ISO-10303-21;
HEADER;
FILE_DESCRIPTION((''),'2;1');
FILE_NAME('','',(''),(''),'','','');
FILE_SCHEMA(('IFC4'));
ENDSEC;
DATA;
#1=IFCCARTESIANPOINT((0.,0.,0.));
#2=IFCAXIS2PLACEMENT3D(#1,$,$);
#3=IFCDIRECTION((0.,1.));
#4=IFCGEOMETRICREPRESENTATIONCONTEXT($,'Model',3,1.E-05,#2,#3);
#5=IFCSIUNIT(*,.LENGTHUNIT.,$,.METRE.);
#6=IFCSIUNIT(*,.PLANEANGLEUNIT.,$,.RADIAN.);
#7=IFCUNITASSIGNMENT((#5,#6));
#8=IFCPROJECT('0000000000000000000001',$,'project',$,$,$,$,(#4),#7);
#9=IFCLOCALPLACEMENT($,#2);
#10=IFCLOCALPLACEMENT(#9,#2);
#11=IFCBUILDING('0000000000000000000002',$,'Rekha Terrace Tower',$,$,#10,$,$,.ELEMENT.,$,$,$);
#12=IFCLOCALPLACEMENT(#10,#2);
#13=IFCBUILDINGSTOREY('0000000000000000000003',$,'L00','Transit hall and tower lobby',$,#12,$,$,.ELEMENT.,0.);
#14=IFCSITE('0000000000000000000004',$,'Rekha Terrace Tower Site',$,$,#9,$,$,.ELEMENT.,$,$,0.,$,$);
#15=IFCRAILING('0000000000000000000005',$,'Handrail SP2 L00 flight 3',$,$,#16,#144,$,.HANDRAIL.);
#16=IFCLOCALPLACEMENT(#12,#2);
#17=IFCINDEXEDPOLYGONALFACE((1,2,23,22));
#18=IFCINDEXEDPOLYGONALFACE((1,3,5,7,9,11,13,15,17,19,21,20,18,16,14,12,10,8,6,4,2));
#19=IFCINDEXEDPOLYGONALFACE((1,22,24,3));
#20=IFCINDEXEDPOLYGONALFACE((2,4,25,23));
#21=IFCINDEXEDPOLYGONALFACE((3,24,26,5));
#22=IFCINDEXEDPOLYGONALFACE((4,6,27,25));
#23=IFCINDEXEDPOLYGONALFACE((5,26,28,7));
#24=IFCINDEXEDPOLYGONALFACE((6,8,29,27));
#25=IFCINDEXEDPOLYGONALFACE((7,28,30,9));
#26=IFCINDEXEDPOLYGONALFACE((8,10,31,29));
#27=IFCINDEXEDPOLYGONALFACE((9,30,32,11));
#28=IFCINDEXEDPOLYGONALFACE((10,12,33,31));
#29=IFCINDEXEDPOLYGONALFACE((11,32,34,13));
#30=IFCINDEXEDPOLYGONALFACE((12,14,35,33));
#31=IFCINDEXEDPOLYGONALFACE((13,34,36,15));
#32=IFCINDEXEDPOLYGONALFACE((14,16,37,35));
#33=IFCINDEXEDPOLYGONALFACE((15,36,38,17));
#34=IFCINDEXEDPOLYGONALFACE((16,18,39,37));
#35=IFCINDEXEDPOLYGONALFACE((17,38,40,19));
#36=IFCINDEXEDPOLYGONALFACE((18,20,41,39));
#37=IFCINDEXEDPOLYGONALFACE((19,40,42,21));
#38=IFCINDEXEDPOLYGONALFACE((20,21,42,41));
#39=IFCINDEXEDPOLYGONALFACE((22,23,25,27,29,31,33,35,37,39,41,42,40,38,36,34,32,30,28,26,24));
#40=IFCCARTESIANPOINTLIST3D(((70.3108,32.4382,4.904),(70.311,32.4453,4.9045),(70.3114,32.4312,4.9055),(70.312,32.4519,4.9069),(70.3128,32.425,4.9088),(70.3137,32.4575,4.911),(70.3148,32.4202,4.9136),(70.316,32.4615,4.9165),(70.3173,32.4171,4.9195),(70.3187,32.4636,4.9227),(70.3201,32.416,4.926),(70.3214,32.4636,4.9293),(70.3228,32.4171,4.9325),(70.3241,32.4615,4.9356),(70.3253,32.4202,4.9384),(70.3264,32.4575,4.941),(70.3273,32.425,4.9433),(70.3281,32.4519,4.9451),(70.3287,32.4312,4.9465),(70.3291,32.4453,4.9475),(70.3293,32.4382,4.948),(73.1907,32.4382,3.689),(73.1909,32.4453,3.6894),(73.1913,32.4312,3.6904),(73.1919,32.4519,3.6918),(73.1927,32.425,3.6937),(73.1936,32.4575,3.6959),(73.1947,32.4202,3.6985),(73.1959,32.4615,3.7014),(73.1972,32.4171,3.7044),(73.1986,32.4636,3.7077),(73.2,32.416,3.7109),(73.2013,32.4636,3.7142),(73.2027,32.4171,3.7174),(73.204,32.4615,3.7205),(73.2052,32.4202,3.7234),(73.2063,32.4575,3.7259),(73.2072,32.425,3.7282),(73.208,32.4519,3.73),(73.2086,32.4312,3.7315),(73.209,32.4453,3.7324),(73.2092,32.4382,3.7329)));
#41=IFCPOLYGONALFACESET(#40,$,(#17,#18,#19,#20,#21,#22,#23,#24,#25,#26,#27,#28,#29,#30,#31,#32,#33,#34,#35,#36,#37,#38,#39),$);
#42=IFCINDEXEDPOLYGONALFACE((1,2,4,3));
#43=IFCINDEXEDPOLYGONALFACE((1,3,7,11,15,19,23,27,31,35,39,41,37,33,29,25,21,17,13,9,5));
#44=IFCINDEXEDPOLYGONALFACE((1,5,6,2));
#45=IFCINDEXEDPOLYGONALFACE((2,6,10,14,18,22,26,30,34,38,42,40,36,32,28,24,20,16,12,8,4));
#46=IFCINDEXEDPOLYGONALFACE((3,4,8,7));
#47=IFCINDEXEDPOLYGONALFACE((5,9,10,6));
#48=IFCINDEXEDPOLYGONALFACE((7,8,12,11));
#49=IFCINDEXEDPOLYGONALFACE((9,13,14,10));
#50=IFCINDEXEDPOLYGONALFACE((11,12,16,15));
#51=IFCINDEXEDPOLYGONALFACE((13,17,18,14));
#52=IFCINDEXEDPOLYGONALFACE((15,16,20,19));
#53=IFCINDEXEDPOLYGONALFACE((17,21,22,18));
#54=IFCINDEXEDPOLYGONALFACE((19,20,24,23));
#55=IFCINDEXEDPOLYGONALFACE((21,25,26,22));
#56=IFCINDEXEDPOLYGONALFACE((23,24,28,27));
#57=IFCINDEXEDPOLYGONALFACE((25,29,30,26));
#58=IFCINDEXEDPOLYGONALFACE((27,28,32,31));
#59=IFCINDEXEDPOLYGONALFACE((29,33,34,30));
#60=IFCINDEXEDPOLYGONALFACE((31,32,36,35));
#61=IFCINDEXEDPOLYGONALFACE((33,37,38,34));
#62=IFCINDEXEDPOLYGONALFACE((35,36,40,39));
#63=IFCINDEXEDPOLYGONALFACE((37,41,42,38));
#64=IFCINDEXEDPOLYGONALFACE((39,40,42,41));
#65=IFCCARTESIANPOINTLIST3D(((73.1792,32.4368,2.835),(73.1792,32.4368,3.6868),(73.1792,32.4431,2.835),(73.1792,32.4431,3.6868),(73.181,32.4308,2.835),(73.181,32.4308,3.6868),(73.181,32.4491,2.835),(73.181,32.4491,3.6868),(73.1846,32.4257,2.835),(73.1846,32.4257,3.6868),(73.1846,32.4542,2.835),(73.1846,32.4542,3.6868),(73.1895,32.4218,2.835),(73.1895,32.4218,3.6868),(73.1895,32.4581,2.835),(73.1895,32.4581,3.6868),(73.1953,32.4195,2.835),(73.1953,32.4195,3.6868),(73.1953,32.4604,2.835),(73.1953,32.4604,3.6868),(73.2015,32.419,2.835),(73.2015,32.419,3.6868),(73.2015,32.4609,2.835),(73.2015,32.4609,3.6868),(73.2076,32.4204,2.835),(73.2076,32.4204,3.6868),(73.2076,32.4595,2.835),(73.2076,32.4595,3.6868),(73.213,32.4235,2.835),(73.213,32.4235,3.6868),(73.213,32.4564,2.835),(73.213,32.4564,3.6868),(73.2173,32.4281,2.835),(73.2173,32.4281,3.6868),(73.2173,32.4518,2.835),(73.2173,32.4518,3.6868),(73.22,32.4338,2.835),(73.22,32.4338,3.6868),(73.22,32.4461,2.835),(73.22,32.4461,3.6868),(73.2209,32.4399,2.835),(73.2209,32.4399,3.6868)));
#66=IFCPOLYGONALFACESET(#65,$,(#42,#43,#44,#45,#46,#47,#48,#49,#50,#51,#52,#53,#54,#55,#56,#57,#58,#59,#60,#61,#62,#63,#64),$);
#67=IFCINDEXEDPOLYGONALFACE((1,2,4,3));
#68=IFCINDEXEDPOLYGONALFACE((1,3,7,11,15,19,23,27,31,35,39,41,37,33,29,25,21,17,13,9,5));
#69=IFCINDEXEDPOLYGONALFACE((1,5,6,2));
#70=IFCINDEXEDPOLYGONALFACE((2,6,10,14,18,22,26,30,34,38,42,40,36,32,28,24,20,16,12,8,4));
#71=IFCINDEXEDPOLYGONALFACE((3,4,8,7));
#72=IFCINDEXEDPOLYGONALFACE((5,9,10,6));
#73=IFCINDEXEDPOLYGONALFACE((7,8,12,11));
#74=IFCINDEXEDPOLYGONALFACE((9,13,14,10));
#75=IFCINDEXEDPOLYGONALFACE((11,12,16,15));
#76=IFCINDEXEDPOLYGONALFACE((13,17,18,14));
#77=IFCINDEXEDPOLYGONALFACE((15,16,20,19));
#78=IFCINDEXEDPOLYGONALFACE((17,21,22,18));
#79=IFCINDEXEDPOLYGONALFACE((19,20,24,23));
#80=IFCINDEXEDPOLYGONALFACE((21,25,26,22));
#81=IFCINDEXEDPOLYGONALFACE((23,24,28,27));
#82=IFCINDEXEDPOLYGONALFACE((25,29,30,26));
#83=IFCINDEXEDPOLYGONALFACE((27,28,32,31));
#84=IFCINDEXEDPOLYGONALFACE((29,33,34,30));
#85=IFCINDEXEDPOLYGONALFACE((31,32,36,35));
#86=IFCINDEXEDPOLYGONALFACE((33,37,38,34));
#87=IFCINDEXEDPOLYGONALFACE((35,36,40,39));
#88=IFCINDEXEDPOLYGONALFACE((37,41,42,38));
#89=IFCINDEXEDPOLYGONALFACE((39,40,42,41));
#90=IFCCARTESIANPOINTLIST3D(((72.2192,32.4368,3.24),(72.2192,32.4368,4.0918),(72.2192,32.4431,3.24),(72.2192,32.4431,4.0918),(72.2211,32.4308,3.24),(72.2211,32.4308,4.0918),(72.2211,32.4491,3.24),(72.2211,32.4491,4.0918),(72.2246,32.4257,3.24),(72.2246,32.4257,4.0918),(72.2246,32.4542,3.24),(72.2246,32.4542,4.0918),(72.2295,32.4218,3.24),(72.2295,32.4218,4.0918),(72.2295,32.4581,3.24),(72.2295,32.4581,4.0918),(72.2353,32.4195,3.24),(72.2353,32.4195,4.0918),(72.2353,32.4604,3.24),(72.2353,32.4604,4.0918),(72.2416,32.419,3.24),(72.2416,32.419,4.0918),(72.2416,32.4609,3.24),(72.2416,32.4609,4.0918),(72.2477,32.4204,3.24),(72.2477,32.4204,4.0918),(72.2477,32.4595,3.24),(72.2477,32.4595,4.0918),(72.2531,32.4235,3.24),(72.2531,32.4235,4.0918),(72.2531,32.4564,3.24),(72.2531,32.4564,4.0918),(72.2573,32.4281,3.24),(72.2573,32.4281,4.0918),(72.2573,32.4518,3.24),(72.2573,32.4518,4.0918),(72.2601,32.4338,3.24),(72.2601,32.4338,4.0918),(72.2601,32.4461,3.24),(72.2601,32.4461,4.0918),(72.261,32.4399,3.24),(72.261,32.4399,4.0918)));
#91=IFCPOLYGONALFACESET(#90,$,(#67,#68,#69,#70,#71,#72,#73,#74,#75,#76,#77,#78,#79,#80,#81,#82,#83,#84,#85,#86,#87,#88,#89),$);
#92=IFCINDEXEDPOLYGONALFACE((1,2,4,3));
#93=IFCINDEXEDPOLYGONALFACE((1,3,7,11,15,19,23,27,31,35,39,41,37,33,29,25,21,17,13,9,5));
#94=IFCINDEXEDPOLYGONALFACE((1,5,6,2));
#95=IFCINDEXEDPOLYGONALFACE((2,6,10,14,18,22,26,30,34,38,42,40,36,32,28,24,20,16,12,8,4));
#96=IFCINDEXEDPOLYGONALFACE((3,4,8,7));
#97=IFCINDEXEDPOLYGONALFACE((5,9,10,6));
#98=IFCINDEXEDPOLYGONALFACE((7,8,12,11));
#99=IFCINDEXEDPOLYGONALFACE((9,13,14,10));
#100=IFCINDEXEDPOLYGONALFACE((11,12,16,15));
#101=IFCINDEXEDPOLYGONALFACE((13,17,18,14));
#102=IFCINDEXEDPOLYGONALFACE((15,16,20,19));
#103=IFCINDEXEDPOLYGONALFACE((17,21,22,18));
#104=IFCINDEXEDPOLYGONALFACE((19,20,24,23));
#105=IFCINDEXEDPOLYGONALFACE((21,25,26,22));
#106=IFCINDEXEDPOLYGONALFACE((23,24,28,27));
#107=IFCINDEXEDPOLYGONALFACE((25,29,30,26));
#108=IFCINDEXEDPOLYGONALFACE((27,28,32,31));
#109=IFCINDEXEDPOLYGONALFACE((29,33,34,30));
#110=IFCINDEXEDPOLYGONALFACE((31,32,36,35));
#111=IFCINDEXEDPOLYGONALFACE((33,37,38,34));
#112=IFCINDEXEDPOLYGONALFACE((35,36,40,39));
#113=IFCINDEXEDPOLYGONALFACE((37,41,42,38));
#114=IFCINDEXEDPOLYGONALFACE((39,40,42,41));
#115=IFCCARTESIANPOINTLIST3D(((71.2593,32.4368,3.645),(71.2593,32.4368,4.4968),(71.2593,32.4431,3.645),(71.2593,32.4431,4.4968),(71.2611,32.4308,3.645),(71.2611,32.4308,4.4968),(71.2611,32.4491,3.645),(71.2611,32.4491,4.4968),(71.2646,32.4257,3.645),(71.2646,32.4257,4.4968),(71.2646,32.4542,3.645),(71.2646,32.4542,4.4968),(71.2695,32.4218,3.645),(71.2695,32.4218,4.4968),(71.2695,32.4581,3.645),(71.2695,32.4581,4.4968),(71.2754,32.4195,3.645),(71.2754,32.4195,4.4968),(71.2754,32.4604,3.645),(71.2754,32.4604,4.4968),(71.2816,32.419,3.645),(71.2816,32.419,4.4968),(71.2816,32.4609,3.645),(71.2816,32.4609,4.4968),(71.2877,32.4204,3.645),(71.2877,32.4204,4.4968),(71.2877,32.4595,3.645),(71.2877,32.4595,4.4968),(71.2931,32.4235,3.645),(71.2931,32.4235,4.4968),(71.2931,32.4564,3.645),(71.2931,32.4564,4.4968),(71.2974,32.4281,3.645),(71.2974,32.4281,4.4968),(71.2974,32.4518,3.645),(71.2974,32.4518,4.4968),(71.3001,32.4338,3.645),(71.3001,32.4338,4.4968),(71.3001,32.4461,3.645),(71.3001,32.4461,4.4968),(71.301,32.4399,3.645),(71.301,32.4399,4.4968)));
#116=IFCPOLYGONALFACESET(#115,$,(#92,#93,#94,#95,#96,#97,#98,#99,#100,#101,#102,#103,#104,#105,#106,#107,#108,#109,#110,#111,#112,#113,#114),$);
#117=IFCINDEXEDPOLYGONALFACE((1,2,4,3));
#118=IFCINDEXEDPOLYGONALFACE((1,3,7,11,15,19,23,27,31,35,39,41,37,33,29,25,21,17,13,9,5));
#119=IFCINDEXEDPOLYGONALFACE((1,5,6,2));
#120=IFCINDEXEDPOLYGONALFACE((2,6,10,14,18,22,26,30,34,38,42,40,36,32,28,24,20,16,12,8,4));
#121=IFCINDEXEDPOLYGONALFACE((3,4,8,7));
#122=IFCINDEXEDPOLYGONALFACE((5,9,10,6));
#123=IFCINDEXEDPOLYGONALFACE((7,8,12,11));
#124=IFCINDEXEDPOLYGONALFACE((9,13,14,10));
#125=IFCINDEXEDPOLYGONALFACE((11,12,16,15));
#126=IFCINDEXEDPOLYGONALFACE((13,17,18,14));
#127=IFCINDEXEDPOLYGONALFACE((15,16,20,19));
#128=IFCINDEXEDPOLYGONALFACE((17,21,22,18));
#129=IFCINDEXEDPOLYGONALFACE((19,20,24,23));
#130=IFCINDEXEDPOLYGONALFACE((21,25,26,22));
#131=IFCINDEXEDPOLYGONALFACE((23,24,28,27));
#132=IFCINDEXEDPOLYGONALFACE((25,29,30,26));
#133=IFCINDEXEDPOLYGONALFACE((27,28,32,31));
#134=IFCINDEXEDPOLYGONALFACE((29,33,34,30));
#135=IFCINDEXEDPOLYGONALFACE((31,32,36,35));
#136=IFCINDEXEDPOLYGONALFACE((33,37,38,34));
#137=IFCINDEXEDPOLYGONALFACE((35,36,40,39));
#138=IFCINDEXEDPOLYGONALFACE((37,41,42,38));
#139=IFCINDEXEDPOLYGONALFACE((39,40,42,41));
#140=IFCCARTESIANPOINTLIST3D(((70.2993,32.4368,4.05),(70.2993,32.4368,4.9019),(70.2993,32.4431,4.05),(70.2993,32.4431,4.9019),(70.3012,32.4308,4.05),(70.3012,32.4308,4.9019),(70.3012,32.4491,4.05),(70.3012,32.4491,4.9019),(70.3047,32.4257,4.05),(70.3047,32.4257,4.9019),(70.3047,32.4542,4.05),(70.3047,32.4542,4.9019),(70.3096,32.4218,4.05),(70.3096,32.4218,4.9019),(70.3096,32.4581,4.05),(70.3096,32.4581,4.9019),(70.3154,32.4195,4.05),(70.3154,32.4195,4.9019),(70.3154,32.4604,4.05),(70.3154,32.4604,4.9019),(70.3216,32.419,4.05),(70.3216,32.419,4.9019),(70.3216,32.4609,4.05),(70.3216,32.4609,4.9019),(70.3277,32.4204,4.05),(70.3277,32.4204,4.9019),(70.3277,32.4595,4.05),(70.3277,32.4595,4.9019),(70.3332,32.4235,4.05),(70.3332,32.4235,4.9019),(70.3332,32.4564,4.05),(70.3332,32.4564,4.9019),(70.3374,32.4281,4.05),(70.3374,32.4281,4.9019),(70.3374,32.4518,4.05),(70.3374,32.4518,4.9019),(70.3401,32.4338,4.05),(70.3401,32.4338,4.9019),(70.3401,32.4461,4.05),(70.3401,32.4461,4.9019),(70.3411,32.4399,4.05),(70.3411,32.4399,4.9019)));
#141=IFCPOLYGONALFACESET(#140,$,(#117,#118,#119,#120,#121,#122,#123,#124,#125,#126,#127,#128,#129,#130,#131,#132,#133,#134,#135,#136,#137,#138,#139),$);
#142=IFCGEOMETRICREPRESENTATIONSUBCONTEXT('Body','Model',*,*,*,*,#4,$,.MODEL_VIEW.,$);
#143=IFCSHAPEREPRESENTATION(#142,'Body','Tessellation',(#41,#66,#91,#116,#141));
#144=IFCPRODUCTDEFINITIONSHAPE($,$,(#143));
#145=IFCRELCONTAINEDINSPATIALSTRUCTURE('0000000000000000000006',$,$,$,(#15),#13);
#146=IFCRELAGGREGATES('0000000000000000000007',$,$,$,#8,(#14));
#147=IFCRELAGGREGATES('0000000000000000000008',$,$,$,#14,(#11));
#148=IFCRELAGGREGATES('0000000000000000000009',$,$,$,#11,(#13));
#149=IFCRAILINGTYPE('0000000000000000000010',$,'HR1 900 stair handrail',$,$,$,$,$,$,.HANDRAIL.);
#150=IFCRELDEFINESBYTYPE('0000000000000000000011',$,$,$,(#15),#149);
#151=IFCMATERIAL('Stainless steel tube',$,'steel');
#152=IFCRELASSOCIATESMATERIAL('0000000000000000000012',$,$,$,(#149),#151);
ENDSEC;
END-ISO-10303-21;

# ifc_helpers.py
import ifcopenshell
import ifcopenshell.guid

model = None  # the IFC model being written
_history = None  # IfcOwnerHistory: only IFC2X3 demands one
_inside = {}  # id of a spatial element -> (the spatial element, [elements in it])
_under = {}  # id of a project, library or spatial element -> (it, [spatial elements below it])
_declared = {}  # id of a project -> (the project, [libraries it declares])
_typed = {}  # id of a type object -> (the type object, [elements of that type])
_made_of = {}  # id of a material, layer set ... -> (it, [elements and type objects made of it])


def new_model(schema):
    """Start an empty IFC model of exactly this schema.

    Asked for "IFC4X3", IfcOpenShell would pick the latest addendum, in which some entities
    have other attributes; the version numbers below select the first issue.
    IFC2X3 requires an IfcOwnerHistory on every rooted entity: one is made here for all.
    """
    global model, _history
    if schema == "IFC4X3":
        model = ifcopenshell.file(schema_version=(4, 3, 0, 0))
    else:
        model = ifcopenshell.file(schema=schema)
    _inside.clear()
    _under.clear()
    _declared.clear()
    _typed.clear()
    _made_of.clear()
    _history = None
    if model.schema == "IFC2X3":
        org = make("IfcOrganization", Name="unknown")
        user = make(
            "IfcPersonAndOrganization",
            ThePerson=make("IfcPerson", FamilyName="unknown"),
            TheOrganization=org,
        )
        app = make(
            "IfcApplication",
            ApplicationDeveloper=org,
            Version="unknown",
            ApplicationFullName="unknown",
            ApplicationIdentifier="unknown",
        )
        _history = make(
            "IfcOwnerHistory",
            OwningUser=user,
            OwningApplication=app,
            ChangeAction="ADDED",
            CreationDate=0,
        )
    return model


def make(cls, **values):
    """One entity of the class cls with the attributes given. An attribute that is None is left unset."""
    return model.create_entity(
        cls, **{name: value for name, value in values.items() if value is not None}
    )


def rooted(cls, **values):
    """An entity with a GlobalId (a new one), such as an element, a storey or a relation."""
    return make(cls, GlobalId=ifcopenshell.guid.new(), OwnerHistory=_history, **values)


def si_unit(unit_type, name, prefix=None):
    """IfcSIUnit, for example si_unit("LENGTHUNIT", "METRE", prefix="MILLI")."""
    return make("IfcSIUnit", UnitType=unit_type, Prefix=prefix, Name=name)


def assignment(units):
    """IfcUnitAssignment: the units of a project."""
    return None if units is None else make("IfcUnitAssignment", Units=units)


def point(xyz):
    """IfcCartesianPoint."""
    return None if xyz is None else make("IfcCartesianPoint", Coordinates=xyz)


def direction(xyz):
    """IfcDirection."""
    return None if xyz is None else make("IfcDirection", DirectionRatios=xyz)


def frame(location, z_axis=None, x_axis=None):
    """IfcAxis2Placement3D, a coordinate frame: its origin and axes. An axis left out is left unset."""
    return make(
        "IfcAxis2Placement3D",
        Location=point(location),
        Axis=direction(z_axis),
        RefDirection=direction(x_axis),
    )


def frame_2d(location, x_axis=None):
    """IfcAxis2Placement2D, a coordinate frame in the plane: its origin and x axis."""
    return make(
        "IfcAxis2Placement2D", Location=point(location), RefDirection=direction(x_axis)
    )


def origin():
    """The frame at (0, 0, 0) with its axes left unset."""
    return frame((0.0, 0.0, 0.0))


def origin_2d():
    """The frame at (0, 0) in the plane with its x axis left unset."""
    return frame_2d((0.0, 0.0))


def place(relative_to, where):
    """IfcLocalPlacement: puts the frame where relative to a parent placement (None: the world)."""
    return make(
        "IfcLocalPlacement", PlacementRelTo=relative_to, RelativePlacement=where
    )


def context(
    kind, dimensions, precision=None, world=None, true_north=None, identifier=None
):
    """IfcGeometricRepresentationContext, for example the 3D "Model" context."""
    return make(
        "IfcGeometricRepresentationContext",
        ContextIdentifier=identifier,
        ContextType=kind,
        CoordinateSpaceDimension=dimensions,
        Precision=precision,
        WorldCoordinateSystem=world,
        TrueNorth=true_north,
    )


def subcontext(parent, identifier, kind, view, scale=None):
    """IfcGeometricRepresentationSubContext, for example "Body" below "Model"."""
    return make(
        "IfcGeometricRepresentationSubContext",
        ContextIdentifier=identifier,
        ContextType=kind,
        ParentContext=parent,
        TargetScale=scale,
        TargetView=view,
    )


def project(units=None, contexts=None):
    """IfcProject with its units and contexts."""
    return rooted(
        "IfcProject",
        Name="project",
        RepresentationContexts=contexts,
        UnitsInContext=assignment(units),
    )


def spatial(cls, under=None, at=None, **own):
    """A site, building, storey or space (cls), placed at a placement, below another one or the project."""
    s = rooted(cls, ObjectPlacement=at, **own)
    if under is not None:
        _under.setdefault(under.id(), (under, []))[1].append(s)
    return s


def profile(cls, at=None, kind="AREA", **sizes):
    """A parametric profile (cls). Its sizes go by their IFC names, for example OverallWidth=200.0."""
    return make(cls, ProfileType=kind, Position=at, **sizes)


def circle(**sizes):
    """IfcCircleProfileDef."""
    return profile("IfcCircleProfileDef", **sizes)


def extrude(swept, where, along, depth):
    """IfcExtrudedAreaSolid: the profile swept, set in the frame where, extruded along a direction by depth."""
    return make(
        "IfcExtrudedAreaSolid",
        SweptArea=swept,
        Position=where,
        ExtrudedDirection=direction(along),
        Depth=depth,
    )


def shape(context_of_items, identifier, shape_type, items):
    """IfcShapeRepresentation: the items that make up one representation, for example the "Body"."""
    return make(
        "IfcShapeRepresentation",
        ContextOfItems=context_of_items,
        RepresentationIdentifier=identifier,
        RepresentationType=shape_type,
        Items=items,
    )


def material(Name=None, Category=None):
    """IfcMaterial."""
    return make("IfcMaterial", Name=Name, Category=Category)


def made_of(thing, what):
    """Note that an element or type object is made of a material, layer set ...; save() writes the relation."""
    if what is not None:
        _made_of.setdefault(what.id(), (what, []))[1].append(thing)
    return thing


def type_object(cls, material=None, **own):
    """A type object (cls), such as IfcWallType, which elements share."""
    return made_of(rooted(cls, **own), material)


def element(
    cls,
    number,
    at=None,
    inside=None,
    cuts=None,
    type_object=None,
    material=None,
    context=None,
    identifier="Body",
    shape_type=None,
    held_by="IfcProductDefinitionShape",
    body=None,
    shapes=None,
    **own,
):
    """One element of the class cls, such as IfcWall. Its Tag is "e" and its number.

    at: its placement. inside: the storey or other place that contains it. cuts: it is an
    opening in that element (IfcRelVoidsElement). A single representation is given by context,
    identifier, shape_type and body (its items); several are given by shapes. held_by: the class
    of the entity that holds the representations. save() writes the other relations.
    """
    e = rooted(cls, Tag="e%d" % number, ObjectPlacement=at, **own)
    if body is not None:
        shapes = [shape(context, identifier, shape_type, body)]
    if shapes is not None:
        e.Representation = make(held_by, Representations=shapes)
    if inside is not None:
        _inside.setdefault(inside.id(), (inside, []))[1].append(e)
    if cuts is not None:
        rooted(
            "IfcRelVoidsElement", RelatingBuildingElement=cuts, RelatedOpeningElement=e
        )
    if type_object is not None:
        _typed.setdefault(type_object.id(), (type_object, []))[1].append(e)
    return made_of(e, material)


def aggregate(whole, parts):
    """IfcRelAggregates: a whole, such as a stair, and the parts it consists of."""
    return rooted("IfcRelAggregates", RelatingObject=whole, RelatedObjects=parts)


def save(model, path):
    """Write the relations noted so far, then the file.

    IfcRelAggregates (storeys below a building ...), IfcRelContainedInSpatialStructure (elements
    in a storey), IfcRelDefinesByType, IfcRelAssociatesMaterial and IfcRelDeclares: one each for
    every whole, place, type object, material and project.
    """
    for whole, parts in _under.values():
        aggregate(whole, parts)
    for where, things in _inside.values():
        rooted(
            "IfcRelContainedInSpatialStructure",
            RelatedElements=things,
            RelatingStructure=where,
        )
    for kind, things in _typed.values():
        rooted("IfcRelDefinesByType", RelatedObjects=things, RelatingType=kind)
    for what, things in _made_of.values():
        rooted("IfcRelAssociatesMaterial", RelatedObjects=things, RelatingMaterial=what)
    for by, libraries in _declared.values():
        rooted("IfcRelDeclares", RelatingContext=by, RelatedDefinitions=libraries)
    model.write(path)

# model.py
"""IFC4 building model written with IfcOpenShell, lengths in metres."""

from ifc_helpers import new_model, si_unit, direction, frame, origin, origin_2d, place, context, subcontext, project, spatial, circle, extrude, material, type_object, element, save


model = new_model("IFC4")

# Units and contexts
model_context = context("Model", 3, precision=1e-05, world=origin(), true_north=direction((0.0, 1.0)))
body_context = subcontext(model_context, "Body", "Model", "MODEL_VIEW")
ifc_project = project(units=[si_unit("LENGTHUNIT", "METRE"), si_unit("PLANEANGLEUNIT", "RADIAN")], contexts=[model_context])

# Site, building, storey
site_placement = place(None, origin())
site = spatial("IfcSite", under=ifc_project, at=site_placement, Name="Rekha Terrace Tower Site", CompositionType="ELEMENT", RefElevation=0.0)
building_placement = place(site_placement, origin())
building = spatial("IfcBuilding", under=site, at=building_placement, Name="Rekha Terrace Tower", CompositionType="ELEMENT")
storey_placement = place(building_placement, origin())
storey = spatial("IfcBuildingStorey", under=building, at=storey_placement, Name="L00", Description="Transit hall and tower lobby", CompositionType="ELEMENT", Elevation=0.0)

# Railing
ifc_material_1 = material(Name="Stainless steel tube", Category="steel")
railing_type_1 = type_object("IfcRailingType", Name="HR1 900 stair handrail", PredefinedType="HANDRAIL", material=ifc_material_1)
railing_1_placement = place(storey_placement, frame((73.2, 32.4399, 2.835)))
element("IfcRailing", 1, at=railing_1_placement, inside=storey, type_object=railing_type_1, Name="Handrail SP2 L00 flight 3", PredefinedType="HANDRAIL", context=body_context, shape_type="SweptSolid", body=[
    extrude(circle(Radius=0.0239, at=origin_2d()), frame((0.0, 0.0, 0.876), z_axis=(-0.921348, 0.0, 0.388738), x_axis=(0.0, -1.0, 0.0)), (0.0, 0.0, 1.0), 3.1257),
    extrude(circle(Radius=0.021, at=origin_2d()), origin(), (0.0, 0.0, 1.0), 0.8518),
    extrude(circle(Radius=0.021, at=origin_2d()), frame((-0.96, 0.0, 0.405)), (0.0, 0.0, 1.0), 0.8518),
    extrude(circle(Radius=0.021, at=origin_2d()), frame((-1.9199, 0.0, 0.8101)), (0.0, 0.0, 1.0), 0.8518),
    extrude(circle(Radius=0.021, at=origin_2d()), frame((-2.8799, 0.0, 1.2151)), (0.0, 0.0, 1.0), 0.8518),
])

save(model, "model.ifc")
